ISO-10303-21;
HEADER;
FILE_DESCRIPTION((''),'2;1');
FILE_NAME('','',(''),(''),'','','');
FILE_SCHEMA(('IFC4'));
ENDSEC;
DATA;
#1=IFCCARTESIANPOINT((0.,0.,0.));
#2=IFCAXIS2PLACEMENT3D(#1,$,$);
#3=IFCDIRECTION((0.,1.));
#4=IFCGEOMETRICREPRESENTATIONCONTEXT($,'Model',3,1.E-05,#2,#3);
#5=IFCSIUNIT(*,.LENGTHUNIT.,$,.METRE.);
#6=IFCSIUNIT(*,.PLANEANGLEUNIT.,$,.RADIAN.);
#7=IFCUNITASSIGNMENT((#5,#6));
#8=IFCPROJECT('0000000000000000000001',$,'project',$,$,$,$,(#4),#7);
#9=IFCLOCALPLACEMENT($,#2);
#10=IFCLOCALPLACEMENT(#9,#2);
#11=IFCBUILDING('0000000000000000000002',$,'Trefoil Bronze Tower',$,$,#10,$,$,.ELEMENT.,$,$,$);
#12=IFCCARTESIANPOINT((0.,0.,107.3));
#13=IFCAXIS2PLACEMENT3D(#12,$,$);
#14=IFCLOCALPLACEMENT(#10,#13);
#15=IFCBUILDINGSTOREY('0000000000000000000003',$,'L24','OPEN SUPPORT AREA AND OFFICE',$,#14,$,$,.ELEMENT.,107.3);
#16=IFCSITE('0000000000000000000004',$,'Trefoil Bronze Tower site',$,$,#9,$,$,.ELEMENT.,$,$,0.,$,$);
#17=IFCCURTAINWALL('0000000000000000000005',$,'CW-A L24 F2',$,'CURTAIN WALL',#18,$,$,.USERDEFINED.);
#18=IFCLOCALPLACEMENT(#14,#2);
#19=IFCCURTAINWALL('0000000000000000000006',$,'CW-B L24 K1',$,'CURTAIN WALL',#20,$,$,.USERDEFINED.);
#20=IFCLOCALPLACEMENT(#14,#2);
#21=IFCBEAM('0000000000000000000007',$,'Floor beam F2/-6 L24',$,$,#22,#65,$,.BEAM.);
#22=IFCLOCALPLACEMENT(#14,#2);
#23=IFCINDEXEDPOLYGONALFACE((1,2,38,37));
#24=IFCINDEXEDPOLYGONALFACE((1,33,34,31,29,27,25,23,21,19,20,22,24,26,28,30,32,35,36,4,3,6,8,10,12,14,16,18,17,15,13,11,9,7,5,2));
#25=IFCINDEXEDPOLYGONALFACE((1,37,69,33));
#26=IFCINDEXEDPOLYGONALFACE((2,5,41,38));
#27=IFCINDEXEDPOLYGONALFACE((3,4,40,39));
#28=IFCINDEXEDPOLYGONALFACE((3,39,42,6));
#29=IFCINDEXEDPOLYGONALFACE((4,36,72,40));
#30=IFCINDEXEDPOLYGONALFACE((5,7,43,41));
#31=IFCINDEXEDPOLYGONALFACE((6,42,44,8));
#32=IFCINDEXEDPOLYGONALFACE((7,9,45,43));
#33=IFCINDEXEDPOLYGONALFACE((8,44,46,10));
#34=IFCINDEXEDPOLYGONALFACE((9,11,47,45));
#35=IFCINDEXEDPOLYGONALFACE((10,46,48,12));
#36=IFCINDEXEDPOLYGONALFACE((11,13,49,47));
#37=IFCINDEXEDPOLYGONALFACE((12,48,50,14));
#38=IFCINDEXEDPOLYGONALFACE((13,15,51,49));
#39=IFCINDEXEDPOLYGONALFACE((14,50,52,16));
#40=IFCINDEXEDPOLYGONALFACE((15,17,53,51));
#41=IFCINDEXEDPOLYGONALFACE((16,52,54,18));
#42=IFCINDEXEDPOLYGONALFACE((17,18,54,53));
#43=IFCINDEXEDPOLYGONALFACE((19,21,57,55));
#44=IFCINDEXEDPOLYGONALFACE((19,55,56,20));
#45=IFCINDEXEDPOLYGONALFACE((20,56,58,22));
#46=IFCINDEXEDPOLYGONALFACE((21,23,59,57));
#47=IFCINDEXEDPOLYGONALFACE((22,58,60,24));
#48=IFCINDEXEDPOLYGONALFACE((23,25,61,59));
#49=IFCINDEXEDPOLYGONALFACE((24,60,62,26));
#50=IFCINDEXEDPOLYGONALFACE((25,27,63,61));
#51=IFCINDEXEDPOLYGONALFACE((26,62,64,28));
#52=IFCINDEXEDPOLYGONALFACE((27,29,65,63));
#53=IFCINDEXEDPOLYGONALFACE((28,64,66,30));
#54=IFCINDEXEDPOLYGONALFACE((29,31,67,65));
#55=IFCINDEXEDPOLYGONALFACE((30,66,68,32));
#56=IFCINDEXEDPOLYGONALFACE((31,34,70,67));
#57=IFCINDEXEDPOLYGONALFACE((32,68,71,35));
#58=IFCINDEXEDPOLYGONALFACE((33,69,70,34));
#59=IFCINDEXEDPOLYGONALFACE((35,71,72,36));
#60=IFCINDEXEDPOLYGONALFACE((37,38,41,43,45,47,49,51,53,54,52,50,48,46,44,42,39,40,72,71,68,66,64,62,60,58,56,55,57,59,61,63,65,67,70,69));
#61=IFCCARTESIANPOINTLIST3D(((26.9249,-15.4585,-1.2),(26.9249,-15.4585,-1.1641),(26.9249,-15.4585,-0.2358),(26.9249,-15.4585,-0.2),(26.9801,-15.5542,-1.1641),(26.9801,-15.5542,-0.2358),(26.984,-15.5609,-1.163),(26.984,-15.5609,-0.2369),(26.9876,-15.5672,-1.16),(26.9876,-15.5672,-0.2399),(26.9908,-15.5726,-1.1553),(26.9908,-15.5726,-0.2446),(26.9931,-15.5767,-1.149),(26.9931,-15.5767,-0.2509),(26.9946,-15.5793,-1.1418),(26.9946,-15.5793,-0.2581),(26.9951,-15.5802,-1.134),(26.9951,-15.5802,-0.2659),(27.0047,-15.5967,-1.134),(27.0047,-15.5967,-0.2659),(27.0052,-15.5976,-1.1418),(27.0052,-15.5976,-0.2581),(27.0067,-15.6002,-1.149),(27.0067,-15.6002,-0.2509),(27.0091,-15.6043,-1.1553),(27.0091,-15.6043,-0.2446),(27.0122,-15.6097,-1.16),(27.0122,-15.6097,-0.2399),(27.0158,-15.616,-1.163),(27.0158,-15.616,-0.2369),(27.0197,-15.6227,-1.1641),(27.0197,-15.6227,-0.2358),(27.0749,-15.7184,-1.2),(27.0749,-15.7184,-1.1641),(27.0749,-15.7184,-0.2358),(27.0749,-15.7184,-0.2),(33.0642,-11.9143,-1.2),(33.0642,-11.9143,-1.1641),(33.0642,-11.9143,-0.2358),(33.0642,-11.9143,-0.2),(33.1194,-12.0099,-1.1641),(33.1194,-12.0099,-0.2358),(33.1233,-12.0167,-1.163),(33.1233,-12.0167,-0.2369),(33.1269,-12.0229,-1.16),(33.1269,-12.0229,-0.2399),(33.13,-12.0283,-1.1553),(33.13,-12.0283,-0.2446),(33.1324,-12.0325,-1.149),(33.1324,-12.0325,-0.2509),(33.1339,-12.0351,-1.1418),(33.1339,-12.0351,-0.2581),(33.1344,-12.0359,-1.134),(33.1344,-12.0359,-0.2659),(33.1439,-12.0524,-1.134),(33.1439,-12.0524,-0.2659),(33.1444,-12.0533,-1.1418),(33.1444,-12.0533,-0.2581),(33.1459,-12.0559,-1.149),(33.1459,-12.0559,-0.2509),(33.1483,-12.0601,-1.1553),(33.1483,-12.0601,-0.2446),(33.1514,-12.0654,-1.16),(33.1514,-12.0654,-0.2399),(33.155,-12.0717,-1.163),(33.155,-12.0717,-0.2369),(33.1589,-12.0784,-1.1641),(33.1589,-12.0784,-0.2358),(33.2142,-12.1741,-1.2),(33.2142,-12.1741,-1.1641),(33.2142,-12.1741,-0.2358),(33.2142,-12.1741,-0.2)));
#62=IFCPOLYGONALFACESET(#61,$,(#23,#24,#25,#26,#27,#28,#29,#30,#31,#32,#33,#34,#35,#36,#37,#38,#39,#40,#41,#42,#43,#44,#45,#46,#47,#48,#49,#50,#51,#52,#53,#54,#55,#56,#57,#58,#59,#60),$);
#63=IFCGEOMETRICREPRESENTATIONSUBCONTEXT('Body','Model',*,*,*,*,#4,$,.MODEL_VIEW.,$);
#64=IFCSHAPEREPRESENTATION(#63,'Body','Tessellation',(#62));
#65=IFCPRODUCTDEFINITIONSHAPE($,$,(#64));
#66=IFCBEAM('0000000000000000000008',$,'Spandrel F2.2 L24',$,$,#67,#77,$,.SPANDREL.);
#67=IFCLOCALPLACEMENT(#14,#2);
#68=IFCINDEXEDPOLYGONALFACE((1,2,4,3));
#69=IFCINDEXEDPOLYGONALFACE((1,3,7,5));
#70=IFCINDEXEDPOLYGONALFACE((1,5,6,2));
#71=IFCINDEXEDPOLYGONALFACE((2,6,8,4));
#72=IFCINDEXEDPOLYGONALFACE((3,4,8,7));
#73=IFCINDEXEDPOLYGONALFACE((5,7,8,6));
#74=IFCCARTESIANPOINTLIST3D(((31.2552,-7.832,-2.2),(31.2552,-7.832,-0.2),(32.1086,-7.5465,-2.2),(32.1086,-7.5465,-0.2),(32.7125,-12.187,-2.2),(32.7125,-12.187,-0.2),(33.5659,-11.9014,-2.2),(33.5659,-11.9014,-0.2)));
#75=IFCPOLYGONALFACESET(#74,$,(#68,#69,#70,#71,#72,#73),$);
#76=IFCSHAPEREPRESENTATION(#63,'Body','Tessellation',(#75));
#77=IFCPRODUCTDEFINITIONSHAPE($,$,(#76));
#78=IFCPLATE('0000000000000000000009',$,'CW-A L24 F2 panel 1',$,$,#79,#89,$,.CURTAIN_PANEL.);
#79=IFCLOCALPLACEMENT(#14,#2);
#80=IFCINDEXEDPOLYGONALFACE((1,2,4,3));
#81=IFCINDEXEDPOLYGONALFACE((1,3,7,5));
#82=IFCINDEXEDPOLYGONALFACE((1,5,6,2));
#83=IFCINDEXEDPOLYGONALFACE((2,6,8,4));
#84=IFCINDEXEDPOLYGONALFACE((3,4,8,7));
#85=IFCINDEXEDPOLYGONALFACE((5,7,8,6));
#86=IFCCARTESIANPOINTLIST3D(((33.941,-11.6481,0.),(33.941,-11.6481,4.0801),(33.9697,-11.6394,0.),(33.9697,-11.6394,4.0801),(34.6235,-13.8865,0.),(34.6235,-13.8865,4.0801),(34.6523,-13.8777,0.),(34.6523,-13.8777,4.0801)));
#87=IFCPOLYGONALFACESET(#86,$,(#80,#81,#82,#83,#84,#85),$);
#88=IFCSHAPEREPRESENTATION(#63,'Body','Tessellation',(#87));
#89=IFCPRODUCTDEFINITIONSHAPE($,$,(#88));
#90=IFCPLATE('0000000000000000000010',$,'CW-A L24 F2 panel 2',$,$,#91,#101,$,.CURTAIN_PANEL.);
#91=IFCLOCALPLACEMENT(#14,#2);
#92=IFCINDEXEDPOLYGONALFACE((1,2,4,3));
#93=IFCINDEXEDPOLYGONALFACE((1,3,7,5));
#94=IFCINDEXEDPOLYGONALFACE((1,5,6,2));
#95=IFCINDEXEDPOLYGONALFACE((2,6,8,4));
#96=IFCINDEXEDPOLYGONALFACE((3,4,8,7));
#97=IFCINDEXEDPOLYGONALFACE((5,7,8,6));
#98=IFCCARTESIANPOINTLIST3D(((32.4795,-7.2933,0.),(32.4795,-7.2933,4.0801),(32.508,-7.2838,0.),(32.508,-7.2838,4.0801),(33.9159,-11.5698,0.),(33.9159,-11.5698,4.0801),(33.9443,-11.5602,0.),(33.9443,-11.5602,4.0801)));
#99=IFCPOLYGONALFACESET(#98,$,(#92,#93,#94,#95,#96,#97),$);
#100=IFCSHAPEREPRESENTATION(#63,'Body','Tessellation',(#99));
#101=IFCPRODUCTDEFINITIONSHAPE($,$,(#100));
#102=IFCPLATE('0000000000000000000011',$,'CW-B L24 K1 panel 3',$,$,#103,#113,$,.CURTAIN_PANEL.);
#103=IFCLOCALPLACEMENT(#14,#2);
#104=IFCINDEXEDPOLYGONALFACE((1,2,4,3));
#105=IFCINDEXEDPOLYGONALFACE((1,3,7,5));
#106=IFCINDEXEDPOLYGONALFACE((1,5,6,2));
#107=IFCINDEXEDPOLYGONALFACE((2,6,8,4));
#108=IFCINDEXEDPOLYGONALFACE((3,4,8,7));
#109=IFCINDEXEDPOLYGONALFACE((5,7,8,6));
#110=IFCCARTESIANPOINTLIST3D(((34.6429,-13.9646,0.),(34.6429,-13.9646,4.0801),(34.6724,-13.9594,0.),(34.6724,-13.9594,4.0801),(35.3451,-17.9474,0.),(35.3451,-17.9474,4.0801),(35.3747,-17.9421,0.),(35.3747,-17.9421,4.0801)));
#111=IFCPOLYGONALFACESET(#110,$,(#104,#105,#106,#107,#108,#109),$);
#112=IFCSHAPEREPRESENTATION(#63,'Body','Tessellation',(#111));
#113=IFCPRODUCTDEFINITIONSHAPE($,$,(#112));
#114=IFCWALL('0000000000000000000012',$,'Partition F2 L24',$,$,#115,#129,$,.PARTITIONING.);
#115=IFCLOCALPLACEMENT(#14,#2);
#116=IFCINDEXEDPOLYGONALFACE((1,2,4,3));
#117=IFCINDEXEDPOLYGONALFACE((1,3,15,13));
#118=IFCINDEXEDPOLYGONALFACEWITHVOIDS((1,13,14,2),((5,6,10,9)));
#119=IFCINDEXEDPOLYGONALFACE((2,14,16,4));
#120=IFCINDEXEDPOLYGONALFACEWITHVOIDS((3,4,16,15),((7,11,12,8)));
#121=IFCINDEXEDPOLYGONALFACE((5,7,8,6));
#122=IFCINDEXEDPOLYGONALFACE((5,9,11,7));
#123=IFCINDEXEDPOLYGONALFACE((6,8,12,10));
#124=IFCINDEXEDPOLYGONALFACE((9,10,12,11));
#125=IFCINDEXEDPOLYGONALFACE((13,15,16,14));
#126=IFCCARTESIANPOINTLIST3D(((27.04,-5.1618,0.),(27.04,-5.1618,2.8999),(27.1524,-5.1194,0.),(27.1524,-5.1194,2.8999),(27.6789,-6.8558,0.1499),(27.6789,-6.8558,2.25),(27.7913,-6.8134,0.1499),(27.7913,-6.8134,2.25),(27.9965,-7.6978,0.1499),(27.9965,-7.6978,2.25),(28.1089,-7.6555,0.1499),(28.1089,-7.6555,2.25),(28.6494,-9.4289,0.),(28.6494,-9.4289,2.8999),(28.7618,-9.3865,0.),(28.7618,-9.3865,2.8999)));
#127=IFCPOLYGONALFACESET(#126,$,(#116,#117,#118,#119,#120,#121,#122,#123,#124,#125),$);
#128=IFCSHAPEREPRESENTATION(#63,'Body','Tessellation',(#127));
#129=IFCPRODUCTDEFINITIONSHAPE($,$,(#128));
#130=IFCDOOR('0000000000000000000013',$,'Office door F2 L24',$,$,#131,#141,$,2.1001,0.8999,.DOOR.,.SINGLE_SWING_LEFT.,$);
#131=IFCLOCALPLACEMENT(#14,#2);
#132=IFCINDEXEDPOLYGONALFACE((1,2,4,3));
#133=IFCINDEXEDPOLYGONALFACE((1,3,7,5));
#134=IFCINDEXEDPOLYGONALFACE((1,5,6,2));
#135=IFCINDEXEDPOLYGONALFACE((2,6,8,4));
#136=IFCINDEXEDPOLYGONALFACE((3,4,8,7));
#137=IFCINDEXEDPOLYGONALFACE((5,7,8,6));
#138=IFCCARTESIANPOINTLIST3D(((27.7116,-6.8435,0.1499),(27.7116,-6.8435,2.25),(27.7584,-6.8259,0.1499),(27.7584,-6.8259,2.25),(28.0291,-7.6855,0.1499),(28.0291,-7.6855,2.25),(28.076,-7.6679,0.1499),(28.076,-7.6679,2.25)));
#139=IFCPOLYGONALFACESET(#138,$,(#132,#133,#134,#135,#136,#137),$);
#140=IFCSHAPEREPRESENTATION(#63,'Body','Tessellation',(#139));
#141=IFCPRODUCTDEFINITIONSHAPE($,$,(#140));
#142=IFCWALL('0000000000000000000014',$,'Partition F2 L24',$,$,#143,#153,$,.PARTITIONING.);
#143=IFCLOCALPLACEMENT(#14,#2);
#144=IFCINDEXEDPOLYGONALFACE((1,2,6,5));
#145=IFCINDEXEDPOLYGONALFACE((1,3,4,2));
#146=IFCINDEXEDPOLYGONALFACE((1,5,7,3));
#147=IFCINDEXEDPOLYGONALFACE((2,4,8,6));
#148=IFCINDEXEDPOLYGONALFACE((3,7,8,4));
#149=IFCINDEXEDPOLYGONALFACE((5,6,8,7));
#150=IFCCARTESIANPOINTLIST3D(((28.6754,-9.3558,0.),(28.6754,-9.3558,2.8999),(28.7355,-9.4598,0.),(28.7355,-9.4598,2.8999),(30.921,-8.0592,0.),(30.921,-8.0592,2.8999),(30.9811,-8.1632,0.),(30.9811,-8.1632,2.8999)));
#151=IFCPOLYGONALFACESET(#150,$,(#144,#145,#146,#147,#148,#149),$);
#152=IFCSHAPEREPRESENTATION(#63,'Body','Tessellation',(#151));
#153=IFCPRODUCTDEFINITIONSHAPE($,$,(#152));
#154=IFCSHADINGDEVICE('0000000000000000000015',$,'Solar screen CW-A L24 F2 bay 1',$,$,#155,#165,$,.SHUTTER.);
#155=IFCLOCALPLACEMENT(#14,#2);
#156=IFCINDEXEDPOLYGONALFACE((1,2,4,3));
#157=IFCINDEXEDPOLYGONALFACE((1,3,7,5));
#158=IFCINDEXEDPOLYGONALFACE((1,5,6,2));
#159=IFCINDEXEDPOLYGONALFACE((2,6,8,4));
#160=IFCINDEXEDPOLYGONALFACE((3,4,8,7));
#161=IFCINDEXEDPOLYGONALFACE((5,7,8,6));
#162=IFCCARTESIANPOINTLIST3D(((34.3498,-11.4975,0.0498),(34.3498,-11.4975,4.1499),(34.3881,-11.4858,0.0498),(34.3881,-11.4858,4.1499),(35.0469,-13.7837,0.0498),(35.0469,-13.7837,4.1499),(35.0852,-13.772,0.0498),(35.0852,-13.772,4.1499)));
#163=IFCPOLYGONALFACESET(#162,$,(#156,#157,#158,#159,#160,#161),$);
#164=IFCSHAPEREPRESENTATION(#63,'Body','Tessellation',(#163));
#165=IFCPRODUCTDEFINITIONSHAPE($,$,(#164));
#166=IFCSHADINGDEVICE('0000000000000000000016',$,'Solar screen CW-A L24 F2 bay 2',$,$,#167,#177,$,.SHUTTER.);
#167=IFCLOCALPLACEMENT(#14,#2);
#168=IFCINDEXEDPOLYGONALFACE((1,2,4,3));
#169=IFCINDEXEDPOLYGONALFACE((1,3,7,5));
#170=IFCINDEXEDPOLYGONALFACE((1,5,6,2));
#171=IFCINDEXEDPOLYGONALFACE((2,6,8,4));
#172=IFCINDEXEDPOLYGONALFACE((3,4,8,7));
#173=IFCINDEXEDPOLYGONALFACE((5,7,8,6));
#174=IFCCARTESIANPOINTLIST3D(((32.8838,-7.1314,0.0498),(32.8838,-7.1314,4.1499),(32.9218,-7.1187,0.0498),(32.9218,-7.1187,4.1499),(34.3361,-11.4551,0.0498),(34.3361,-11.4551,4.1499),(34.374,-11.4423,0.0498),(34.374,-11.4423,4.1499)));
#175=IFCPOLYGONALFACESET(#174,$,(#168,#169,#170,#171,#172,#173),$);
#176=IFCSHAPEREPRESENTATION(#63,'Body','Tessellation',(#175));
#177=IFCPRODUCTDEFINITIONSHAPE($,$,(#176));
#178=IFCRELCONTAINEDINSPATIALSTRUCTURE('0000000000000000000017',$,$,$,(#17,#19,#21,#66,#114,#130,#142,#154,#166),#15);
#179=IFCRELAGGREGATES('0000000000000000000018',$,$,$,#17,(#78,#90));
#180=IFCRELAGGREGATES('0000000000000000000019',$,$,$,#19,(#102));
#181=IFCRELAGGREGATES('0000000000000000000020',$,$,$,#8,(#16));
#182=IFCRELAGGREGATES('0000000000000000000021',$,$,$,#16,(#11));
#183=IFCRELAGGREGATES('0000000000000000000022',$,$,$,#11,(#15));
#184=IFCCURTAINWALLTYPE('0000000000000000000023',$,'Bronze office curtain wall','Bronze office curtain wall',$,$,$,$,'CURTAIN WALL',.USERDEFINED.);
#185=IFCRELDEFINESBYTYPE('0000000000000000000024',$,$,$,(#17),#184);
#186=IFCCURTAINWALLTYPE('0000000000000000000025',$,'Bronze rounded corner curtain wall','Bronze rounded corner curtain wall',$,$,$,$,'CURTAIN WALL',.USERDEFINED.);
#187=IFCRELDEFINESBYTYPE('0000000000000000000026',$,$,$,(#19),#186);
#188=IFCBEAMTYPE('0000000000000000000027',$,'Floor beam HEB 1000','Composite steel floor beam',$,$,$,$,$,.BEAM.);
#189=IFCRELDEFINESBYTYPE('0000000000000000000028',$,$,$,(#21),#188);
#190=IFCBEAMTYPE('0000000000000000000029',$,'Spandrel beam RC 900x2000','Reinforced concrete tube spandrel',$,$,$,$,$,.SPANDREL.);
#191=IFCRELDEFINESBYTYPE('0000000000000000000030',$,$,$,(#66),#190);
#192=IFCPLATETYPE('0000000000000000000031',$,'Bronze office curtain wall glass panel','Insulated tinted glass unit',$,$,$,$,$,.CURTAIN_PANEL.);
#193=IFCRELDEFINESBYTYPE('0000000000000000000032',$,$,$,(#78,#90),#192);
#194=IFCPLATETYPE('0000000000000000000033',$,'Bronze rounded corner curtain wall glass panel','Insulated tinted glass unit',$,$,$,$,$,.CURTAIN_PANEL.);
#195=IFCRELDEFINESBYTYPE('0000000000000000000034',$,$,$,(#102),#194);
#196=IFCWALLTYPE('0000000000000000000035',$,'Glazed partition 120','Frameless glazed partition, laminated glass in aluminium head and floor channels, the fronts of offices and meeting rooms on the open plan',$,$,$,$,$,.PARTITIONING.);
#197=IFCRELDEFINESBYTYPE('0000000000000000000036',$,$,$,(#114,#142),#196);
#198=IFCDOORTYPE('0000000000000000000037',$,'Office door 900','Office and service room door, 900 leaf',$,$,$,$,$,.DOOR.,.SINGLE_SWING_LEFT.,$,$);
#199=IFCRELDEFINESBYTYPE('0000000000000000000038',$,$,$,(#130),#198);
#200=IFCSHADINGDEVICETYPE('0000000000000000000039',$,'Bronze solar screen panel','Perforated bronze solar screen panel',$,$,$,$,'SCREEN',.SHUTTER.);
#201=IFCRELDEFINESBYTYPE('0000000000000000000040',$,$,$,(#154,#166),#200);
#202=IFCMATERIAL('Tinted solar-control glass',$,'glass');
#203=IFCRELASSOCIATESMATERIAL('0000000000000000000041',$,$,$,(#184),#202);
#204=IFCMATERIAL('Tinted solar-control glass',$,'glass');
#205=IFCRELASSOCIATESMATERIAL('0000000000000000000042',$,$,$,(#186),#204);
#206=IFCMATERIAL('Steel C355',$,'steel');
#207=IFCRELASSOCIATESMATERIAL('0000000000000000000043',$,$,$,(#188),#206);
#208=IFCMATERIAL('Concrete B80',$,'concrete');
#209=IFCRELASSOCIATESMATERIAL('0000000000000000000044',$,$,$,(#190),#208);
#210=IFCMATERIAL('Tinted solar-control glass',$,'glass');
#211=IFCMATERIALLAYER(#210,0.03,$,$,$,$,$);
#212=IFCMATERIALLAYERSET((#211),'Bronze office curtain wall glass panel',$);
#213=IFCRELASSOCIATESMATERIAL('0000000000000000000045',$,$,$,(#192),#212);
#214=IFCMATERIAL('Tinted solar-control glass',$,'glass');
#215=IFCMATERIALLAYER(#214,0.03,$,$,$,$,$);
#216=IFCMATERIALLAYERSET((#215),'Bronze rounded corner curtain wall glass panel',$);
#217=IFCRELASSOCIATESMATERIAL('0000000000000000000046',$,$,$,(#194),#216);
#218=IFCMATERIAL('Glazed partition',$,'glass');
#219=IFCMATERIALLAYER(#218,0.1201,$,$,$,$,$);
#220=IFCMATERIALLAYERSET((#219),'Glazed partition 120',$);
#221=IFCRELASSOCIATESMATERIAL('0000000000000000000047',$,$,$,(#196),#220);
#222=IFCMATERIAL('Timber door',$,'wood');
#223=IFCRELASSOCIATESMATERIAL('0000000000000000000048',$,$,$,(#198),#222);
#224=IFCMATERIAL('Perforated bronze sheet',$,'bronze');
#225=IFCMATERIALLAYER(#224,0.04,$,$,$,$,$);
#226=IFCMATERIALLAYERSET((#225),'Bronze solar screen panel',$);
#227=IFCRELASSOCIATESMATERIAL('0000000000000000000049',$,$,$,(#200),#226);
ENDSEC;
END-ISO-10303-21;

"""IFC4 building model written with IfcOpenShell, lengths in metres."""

from ifc_helpers import new_model, si_unit, direction, frame, frame_2d, origin, origin_2d, place, context, subcontext, project, spatial, rectangle, i_section, extrude, material, layer, layer_set, material_profile, profile_set, type_object, element, fill, aggregate, save


model = new_model("IFC4")

# Units and contexts
model_context = context("Model", 3, precision=1e-05, world=origin(), true_north=direction((0.0, 1.0)))
body_context = subcontext(model_context, "Body", "Model", "MODEL_VIEW")
ifc_project = project(units=[si_unit("LENGTHUNIT", "METRE"), si_unit("PLANEANGLEUNIT", "RADIAN")], contexts=[model_context])

# Site, building, storey
site_placement = place(None, origin())
site = spatial("IfcSite", under=ifc_project, at=site_placement, Name="Trefoil Bronze Tower site", CompositionType="ELEMENT", RefElevation=0.0)
building_placement = place(site_placement, origin())
building = spatial("IfcBuilding", under=site, at=building_placement, Name="Trefoil Bronze Tower", CompositionType="ELEMENT")
storey_placement = place(building_placement, frame((0.0, 0.0, 107.3)))
storey = spatial("IfcBuildingStorey", under=building, at=storey_placement, Name="L24", Description="OPEN SUPPORT AREA AND OFFICE", CompositionType="ELEMENT", Elevation=107.3)

# Curtain wall
ifc_material_1 = material(Name="Tinted solar-control glass", Category="glass")
curtain_wall_type_1 = type_object("IfcCurtainWallType", Name="Bronze office curtain wall", Description="Bronze office curtain wall", ElementType="CURTAIN WALL", PredefinedType="USERDEFINED", material=ifc_material_1)
curtain_wall_1_placement = place(storey_placement, origin())
curtain_wall_1 = element("IfcCurtainWall", 1, at=curtain_wall_1_placement, inside=storey, type_object=curtain_wall_type_1, Name="CW-A L24 F2", ObjectType="CURTAIN WALL", PredefinedType="USERDEFINED")

# Curtain wall
ifc_material_2 = material(Name="Tinted solar-control glass", Category="glass")
curtain_wall_type_2 = type_object("IfcCurtainWallType", Name="Bronze rounded corner curtain wall", Description="Bronze rounded corner curtain wall", ElementType="CURTAIN WALL", PredefinedType="USERDEFINED", material=ifc_material_2)
curtain_wall_2_placement = place(storey_placement, origin())
curtain_wall_2 = element("IfcCurtainWall", 2, at=curtain_wall_2_placement, inside=storey, type_object=curtain_wall_type_2, Name="CW-B L24 K1", ObjectType="CURTAIN WALL", PredefinedType="USERDEFINED")

# Beams
ifc_material_3 = material(Name="Steel C355", Category="steel")
ifc_material_profile_1 = material_profile(ifc_material_3, i_section(OverallWidth=0.3, OverallDepth=1.0, WebThickness=0.019, FlangeThickness=0.0359, FilletRadius=0.03, at=origin_2d()), Name="HEB 1000")
ifc_profile_set_1 = profile_set([ifc_material_profile_1], Name="Steel C355")
beam_type_1 = type_object("IfcBeamType", Name="Floor beam HEB 1000", Description="Composite steel floor beam", PredefinedType="BEAM", material=ifc_profile_set_1)
beam_1_placement = place(storey_placement, frame((33.1392, -12.0442, -0.7), z_axis=(-0.866041, -0.499973, 0.0), x_axis=(0.499973, -0.866041, 0.0)))
element("IfcBeam", 3, at=beam_1_placement, inside=storey, type_object=beam_type_1, Name="Floor beam F2/-6 L24", PredefinedType="BEAM", context=body_context, shape_type="SweptSolid", body=[
    extrude(i_section(OverallWidth=0.3, OverallDepth=1.0, WebThickness=0.019, FlangeThickness=0.0359, FilletRadius=0.03, at=origin_2d()), origin(), (0.0, 0.0, 1.0), 7.0889),
])
ifc_material_4 = material(Name="Concrete B80", Category="concrete")
ifc_material_profile_2 = material_profile(ifc_material_4, rectangle(XDim=0.8999, YDim=2.0, at=origin_2d()), Name="RC 900x2000")
ifc_profile_set_2 = profile_set([ifc_material_profile_2], Name="Concrete B80")
beam_type_2 = type_object("IfcBeamType", Name="Spandrel beam RC 900x2000", Description="Reinforced concrete tube spandrel", PredefinedType="SPANDREL", material=ifc_profile_set_2)
beam_2_placement = place(storey_placement, frame((33.1392, -12.0442, -1.2), z_axis=(-0.317328, 0.948316, 0.0), x_axis=(-0.948316, -0.317328, 0.0)))
element("IfcBeam", 4, at=beam_2_placement, inside=storey, type_object=beam_type_2, Name="Spandrel F2.2 L24", PredefinedType="SPANDREL", context=body_context, shape_type="SweptSolid", body=[
    extrude(rectangle(XDim=0.8999, YDim=2.0, at=origin_2d()), origin(), (0.0, 0.0, 1.0), 4.5923),
])

# Plates
ifc_material_5 = material(Name="Tinted solar-control glass", Category="glass")
ifc_layer_1 = layer(ifc_material_5, 0.03)
ifc_layer_set_1 = layer_set([ifc_layer_1], Name="Bronze office curtain wall glass panel")
plate_type_1 = type_object("IfcPlateType", Name="Bronze office curtain wall glass panel", Description="Insulated tinted glass unit", PredefinedType="CURTAIN_PANEL", material=ifc_layer_set_1)
plate_1_placement = place(storey_placement, frame((34.2966, -12.7629, 0.0), z_axis=(0.0, 0.0, 1.0), x_axis=(-0.291669, 0.956519, 0.0)))
plate_1 = element("IfcPlate", 5, at=plate_1_placement, type_object=plate_type_1, Name="CW-A L24 F2 panel 1", PredefinedType="CURTAIN_PANEL", context=body_context, shape_type="SweptSolid", body=[
    extrude(rectangle(XDim=2.3401, YDim=0.03, at=origin_2d()), origin(), (0.0, 0.0, 1.0), 4.0801),
])
plate_2_placement = place(storey_placement, frame((33.2119, -9.4268, 0.0), z_axis=(0.0, 0.0, 1.0), x_axis=(-0.318404, 0.947955, 0.0)))
plate_2 = element("IfcPlate", 6, at=plate_2_placement, type_object=plate_type_1, Name="CW-A L24 F2 panel 2", PredefinedType="CURTAIN_PANEL", context=body_context, shape_type="SweptSolid", body=[
    extrude(rectangle(XDim=4.5112, YDim=0.03, at=origin_2d()), origin(), (0.0, 0.0, 1.0), 4.0801),
])
aggregate(curtain_wall_1, [plate_1, plate_2])
ifc_material_6 = material(Name="Tinted solar-control glass", Category="glass")
ifc_layer_2 = layer(ifc_material_6, 0.03)
ifc_layer_set_2 = layer_set([ifc_layer_2], Name="Bronze rounded corner curtain wall glass panel")
plate_type_2 = type_object("IfcPlateType", Name="Bronze rounded corner curtain wall glass panel", Description="Insulated tinted glass unit", PredefinedType="CURTAIN_PANEL", material=ifc_layer_set_2)
plate_3_placement = place(storey_placement, frame((35.0088, -15.9534, 0.0), z_axis=(0.0, 0.0, 1.0), x_axis=(-0.173648, 0.984808, 0.0)))
plate_3 = element("IfcPlate", 7, at=plate_3_placement, type_object=plate_type_2, Name="CW-B L24 K1 panel 3", PredefinedType="CURTAIN_PANEL", context=body_context, shape_type="SweptSolid", body=[
    extrude(rectangle(XDim=4.0442, YDim=0.03, at=origin_2d()), origin(), (0.0, 0.0, 1.0), 4.0801),
])
aggregate(curtain_wall_2, [plate_3])

# Wall, opening, door
ifc_material_7 = material(Name="Glazed partition", Category="glass")
ifc_layer_3 = layer(ifc_material_7, 0.1201)
ifc_layer_set_3 = layer_set([ifc_layer_3], Name="Glazed partition 120")
wall_type = type_object("IfcWallType", Name="Glazed partition 120", Description="Frameless glazed partition, laminated glass in aluminium head and floor channels, the fronts of offices and meeting rooms on the open plan", PredefinedType="PARTITIONING", material=ifc_layer_set_3)
wall_1_placement = place(storey_placement, frame((28.7056, -9.4077, 0.0), z_axis=(0.0, 0.0, 1.0), x_axis=(-0.352895, 0.935663, 0.0)))
wall_1 = element("IfcWall", 8, at=wall_1_placement, inside=storey, type_object=wall_type, Name="Partition F2 L24", PredefinedType="PARTITIONING", context=body_context, shape_type="SweptSolid", body=[
    extrude(rectangle(XDim=4.5605, YDim=0.1201, at=frame_2d((2.2803, 0.0))), origin(), (0.0, 0.0, 1.0), 2.8999),
])
opening_placement = place(wall_1_placement, frame((1.8501, 0.0, 0.1499)))
opening = element("IfcOpeningElement", 9, at=opening_placement, cuts=wall_1, PredefinedType="OPENING", context=body_context, shape_type="SweptSolid", body=[
    extrude(rectangle(XDim=0.8999, YDim=2.1001, at=frame_2d((0.45, 1.05))), frame((0.0, 0.0701, 0.0), z_axis=(0.0, -1.0, 0.0), x_axis=(1.0, 0.0, 0.0)), (0.0, 0.0, 1.0), 0.1401),
])
ifc_material_8 = material(Name="Timber door", Category="wood")
door_type = type_object("IfcDoorType", Name="Office door 900", Description="Office and service room door, 900 leaf", OperationType="SINGLE_SWING_LEFT", PredefinedType="DOOR", material=ifc_material_8)
door_placement = place(opening_placement, frame((0.8999, 0.0, 0.0), z_axis=(0.0, 0.0, 1.0), x_axis=(-1.0, 0.0, 0.0)))
door = element("IfcDoor", 10, at=door_placement, inside=storey, type_object=door_type, Name="Office door F2 L24", OperationType="SINGLE_SWING_LEFT", OverallHeight=2.1001, OverallWidth=0.8999, PredefinedType="DOOR", context=body_context, shape_type="SweptSolid", body=[
    extrude(rectangle(XDim=0.8999, YDim=2.1001, at=frame_2d((0.45, 1.05))), frame((0.0, 0.0249, 0.0), z_axis=(0.0, -1.0, 0.0), x_axis=(1.0, 0.0, 0.0)), (0.0, 0.0, 1.0), 0.05),
])
fill(opening, door)

# Wall
wall_2_placement = place(storey_placement, frame((28.7056, -9.4077, 0.0), z_axis=(0.0, 0.0, 1.0), x_axis=(0.866004, 0.500038, 0.0)))
element("IfcWall", 11, at=wall_2_placement, inside=storey, type_object=wall_type, Name="Partition F2 L24", PredefinedType="PARTITIONING", context=body_context, shape_type="SweptSolid", body=[
    extrude(rectangle(XDim=2.593, YDim=0.1201, at=frame_2d((1.2964, 0.0))), origin(), (0.0, 0.0, 1.0), 2.8999),
])

# Shading devices
ifc_material_9 = material(Name="Perforated bronze sheet", Category="bronze")
ifc_layer_4 = layer(ifc_material_9, 0.04)
ifc_layer_set_4 = layer_set([ifc_layer_4], Name="Bronze solar screen panel")
shading_device_type = type_object("IfcShadingDeviceType", Name="Bronze solar screen panel", Description="Perforated bronze solar screen panel", ElementType="SCREEN", PredefinedType="SHUTTER", material=ifc_layer_set_4)
shading_device_1_placement = place(storey_placement, frame((34.7175, -12.6348, 0.0498), z_axis=(0.0, 0.0, 1.0), x_axis=(-0.291669, 0.956519, 0.0)))
element("IfcShadingDevice", 12, at=shading_device_1_placement, inside=storey, type_object=shading_device_type, Name="Solar screen CW-A L24 F2 bay 1", PredefinedType="SHUTTER", context=body_context, shape_type="SweptSolid", body=[
    extrude(rectangle(XDim=2.3901, YDim=0.04, at=origin_2d()), origin(), (0.0, 0.0, 1.0), 4.1001),
])
shading_device_2_placement = place(storey_placement, frame((33.6289, -9.2869, 0.0498), z_axis=(0.0, 0.0, 1.0), x_axis=(-0.318404, 0.947955, 0.0)))
element("IfcShadingDevice", 13, at=shading_device_2_placement, inside=storey, type_object=shading_device_type, Name="Solar screen CW-A L24 F2 bay 2", PredefinedType="SHUTTER", context=body_context, shape_type="SweptSolid", body=[
    extrude(rectangle(XDim=4.561, YDim=0.04, at=origin_2d()), origin(), (0.0, 0.0, 1.0), 4.1001),
])

save(model, "model.ifc")
